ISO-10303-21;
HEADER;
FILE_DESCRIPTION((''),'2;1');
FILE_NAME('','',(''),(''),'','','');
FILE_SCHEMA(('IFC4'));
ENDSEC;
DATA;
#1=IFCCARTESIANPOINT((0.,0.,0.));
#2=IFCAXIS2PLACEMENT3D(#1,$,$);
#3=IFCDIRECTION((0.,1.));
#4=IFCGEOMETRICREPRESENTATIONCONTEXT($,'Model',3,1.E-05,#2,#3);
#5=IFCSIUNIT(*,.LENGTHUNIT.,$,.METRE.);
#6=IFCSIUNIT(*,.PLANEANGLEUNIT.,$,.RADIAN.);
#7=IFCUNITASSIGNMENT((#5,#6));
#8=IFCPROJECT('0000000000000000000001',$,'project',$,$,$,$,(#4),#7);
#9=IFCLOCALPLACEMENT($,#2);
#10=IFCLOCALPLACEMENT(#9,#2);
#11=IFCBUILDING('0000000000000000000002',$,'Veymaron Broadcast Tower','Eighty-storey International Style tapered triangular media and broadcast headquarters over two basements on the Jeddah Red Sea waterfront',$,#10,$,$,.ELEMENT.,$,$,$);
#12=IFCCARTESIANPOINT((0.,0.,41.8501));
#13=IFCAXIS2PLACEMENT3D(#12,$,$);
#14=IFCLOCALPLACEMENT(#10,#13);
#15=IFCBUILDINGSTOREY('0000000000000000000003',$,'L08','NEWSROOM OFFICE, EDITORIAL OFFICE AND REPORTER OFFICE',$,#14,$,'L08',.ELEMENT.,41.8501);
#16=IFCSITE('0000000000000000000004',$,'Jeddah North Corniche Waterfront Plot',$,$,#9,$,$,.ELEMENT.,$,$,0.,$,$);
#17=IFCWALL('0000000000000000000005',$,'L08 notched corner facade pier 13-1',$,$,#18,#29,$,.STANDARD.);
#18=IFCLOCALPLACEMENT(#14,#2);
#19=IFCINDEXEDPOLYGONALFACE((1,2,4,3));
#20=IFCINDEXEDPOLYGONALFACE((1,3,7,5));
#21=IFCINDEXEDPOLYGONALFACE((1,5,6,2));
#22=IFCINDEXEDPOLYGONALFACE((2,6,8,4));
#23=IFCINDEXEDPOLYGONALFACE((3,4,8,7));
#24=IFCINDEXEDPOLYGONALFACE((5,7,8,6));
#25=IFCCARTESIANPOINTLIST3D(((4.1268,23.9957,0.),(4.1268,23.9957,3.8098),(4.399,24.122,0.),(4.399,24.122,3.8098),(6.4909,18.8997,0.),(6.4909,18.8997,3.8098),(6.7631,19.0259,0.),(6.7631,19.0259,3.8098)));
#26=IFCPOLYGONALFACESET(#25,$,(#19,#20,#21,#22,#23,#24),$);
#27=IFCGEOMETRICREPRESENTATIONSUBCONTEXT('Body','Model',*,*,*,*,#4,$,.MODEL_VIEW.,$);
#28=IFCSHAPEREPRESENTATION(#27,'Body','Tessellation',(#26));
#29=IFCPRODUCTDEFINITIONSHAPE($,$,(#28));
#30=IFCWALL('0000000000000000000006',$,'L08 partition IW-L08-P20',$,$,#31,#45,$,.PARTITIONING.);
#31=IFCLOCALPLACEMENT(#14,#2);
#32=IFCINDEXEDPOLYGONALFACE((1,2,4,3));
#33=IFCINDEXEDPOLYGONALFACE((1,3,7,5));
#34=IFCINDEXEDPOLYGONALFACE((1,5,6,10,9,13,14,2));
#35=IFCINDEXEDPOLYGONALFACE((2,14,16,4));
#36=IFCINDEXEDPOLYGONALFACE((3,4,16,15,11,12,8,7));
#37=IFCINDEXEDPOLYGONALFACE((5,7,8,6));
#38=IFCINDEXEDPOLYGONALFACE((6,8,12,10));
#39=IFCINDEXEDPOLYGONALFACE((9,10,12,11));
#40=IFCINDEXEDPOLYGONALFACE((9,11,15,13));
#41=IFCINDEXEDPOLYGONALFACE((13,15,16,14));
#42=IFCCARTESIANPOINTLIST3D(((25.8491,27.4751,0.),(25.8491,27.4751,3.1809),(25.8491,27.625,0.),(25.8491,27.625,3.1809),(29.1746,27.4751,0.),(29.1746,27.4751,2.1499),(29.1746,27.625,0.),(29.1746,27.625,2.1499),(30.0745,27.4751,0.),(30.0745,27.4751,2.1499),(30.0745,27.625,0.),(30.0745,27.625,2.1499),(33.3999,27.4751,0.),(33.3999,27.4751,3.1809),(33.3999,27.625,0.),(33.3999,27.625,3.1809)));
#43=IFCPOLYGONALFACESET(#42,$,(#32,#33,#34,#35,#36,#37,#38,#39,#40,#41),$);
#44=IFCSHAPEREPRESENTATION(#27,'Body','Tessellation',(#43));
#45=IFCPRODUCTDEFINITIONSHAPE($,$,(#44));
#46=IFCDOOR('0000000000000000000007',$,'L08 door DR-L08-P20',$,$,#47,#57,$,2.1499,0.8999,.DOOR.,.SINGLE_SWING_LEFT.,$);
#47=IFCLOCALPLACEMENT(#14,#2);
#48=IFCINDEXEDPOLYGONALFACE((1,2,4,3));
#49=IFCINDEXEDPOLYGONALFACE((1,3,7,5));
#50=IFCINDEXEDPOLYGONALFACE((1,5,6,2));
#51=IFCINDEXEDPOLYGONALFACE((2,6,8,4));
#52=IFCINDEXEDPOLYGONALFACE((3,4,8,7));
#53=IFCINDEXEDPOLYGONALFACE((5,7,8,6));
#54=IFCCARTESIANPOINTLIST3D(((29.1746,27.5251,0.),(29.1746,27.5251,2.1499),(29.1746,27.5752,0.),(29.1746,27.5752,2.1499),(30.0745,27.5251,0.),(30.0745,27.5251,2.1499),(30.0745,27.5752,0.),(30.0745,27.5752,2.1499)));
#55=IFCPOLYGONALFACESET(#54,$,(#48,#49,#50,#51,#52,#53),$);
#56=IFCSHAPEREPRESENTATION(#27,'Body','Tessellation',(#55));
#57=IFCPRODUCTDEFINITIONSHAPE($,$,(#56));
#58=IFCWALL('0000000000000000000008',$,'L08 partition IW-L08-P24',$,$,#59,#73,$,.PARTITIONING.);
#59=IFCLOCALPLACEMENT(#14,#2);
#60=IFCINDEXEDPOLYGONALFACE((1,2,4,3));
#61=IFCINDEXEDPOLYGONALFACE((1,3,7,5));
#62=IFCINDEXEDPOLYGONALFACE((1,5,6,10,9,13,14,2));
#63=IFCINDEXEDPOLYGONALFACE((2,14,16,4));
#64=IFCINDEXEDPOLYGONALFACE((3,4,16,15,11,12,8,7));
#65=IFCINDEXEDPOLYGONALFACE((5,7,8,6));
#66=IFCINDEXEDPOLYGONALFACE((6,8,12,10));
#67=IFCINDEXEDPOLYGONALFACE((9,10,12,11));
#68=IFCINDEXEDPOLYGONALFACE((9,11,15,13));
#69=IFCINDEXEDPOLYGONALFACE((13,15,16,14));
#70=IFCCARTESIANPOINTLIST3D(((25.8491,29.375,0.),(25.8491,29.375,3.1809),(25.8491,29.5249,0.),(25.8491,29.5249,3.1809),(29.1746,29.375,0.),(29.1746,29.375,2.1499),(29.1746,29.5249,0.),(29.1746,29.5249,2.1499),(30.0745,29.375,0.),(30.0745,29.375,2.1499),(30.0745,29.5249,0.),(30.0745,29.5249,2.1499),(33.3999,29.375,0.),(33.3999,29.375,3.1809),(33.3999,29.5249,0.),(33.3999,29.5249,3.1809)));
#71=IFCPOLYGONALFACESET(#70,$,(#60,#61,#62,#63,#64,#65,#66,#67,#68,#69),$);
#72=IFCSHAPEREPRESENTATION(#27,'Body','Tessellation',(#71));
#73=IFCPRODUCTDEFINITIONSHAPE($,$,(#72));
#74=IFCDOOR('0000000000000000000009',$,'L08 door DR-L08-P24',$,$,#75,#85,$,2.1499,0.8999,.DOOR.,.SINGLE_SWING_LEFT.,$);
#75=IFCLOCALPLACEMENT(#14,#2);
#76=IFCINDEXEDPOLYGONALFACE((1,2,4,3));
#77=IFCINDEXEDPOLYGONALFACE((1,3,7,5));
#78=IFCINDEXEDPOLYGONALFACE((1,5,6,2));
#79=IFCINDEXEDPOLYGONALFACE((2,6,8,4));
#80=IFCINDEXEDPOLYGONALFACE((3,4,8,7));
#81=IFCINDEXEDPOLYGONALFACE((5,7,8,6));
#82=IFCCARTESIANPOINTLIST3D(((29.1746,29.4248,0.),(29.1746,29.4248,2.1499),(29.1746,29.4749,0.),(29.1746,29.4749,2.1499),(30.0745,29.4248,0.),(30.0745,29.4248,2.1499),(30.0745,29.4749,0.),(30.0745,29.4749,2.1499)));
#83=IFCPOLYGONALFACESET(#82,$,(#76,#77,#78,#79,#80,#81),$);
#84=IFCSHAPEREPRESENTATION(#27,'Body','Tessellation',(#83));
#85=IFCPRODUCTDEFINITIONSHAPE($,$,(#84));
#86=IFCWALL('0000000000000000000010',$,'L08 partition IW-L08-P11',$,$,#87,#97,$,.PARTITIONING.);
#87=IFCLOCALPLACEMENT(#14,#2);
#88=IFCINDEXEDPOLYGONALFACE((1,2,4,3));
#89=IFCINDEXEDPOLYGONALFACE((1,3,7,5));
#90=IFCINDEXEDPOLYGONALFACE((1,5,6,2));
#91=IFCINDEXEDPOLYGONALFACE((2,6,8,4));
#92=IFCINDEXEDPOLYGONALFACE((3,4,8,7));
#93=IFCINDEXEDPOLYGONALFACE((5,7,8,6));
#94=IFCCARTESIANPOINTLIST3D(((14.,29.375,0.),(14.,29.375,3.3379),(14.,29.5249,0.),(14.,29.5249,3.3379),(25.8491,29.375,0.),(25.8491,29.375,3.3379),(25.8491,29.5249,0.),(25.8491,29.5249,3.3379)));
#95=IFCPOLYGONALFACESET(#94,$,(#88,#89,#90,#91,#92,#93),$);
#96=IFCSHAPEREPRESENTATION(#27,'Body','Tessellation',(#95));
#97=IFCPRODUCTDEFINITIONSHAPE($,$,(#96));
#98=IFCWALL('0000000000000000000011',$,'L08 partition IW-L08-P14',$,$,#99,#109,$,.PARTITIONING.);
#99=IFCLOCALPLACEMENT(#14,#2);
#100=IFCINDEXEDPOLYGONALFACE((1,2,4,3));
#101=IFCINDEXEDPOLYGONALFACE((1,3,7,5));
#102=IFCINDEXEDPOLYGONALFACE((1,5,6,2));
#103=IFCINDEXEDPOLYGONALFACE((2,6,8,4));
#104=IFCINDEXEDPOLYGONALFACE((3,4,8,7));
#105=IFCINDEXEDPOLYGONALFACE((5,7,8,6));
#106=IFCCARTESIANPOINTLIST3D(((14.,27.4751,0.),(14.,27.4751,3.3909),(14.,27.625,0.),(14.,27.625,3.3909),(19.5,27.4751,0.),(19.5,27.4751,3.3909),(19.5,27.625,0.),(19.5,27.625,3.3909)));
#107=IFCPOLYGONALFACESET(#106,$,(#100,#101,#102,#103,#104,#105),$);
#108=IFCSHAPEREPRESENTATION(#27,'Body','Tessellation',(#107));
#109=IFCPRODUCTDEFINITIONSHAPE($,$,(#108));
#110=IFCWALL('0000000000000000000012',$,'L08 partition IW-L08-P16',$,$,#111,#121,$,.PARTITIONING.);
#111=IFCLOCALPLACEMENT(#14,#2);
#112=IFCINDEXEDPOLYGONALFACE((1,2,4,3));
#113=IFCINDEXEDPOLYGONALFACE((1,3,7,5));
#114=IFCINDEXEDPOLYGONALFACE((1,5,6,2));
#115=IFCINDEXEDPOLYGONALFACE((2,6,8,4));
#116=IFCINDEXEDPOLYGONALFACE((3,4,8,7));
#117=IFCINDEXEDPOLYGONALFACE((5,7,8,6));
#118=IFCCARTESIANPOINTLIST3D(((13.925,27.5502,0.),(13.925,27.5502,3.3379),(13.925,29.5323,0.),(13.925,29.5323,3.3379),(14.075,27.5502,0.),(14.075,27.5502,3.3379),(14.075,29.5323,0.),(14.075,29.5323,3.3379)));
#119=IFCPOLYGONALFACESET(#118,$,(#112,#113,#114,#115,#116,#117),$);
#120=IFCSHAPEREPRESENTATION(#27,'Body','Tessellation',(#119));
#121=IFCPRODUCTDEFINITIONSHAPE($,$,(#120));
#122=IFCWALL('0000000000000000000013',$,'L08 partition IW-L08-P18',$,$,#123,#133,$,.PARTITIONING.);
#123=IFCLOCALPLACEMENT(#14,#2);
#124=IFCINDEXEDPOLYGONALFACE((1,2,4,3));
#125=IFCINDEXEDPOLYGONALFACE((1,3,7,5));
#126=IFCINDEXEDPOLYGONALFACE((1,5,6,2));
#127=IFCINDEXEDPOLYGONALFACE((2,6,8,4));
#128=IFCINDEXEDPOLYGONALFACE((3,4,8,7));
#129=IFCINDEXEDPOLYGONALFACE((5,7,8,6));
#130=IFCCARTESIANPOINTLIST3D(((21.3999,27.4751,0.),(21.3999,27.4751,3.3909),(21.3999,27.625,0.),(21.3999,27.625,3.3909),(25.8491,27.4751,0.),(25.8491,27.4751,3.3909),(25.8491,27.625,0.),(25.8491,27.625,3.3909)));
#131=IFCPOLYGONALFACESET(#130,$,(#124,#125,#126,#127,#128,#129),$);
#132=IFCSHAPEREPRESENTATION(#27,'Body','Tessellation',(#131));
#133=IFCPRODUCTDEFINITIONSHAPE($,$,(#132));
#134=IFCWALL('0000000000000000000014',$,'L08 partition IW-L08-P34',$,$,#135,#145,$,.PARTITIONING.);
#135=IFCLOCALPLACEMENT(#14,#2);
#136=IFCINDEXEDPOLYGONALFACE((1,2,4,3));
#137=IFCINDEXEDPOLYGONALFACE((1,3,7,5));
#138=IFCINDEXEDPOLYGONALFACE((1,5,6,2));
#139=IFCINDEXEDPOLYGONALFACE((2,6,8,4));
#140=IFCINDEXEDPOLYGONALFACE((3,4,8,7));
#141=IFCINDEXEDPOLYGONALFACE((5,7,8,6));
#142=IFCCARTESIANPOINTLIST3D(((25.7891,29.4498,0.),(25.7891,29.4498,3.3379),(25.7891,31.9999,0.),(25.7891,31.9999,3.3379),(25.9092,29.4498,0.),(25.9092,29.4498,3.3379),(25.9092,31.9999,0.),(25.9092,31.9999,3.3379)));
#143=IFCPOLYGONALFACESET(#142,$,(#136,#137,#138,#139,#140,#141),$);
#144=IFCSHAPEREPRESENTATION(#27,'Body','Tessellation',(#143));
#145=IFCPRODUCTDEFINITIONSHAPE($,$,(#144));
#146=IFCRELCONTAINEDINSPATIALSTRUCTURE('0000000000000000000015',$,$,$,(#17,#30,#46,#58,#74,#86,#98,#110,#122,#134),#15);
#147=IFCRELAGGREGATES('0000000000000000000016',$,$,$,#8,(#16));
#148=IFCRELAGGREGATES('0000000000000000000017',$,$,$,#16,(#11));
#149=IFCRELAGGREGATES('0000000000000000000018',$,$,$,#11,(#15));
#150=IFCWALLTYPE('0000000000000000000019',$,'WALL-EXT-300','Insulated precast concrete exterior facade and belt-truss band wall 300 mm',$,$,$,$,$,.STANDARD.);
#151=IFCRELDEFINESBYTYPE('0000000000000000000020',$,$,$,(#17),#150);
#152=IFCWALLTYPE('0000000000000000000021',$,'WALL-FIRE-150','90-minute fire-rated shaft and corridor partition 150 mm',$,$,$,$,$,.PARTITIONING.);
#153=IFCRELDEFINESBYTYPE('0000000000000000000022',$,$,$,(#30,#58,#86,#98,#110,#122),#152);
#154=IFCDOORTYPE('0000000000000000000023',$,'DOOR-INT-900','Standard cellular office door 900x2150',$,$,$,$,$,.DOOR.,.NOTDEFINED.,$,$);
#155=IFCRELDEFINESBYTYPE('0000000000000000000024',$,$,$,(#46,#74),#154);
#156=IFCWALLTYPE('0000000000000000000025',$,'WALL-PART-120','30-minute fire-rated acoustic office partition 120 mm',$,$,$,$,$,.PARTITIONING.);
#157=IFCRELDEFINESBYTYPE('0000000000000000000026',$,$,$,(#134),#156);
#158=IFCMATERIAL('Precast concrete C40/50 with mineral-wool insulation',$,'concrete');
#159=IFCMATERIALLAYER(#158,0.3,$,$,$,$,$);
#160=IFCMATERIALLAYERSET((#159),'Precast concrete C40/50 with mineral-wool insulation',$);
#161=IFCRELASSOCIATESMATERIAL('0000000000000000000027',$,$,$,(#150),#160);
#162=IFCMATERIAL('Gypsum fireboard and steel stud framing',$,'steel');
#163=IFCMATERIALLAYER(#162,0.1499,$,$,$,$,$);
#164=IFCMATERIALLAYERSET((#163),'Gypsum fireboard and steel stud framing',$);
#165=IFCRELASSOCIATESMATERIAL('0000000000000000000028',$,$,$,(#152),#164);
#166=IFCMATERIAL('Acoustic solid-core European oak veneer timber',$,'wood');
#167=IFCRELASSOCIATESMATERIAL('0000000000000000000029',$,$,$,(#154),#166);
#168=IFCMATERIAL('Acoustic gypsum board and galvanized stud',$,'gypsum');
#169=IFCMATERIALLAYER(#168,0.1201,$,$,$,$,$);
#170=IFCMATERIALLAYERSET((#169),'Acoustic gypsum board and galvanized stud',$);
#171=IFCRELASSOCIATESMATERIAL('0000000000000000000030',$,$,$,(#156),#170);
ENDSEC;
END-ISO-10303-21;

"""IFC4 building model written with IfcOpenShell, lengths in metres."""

from ifc_helpers import new_model, si_unit, direction, frame, frame_2d, origin, place, context, subcontext, project, spatial, rectangle, extrude, material, layer, layer_set, type_object, element, fill, save


model = new_model("IFC4")

# Units and contexts
model_context = context("Model", 3, precision=1e-05, world=origin(), true_north=direction((0.0, 1.0)))
body_context = subcontext(model_context, "Body", "Model", "MODEL_VIEW")
ifc_project = project(units=[si_unit("LENGTHUNIT", "METRE"), si_unit("PLANEANGLEUNIT", "RADIAN")], contexts=[model_context])

# Site, building, storey
site_placement = place(None, origin())
site = spatial("IfcSite", under=ifc_project, at=site_placement, Name="Jeddah North Corniche Waterfront Plot", CompositionType="ELEMENT", RefElevation=0.0)
building_placement = place(site_placement, origin())
building = spatial("IfcBuilding", under=site, at=building_placement, Name="Veymaron Broadcast Tower", Description="Eighty-storey International Style tapered triangular media and broadcast headquarters over two basements on the Jeddah Red Sea waterfront", CompositionType="ELEMENT")
storey_placement = place(building_placement, frame((0.0, 0.0, 41.8501)))
storey = spatial("IfcBuildingStorey", under=building, at=storey_placement, Name="L08", Description="NEWSROOM OFFICE, EDITORIAL OFFICE AND REPORTER OFFICE", LongName="L08", CompositionType="ELEMENT", Elevation=41.8501)

# Wall
ifc_material_1 = material(Name="Precast concrete C40/50 with mineral-wool insulation", Category="concrete")
ifc_layer_1 = layer(ifc_material_1, 0.3)
ifc_layer_set_1 = layer_set([ifc_layer_1], Name="Precast concrete C40/50 with mineral-wool insulation")
wall_type_1 = type_object("IfcWallType", Name="WALL-EXT-300", Description="Insulated precast concrete exterior facade and belt-truss band wall 300 mm", PredefinedType="STANDARD", material=ifc_layer_set_1)
for number, where, z_axis, x_axis, name in (
    (1, (4.2629, 24.0588, 0.0), (0.0, 0.0, 1.0), (0.420824, -0.907142, 0.0), "L08 notched corner facade pier 13-1"),
):
    element("IfcWall", number, at=place(storey_placement, frame(where, z_axis=z_axis, x_axis=x_axis)), inside=storey, type_object=wall_type_1, Name=name, PredefinedType="STANDARD", context=body_context, shape_type="SweptSolid", body=[
        extrude(rectangle(XDim=5.6177, YDim=0.3, at=frame_2d((2.8088, 0.0))), origin(), (0.0, 0.0, 1.0), 3.8098),
    ])

# Walls, openings, doors
ifc_material_2 = material(Name="Gypsum fireboard and steel stud framing", Category="steel")
ifc_layer_2 = layer(ifc_material_2, 0.1499)
ifc_layer_set_2 = layer_set([ifc_layer_2], Name="Gypsum fireboard and steel stud framing")
wall_type_2 = type_object("IfcWallType", Name="WALL-FIRE-150", Description="90-minute fire-rated shaft and corridor partition 150 mm", PredefinedType="PARTITIONING", material=ifc_layer_set_2)
wall_1_placement = place(storey_placement, frame((25.8491, 27.55, 0.0), z_axis=(0.0, 0.0, 1.0), x_axis=(1.0, 0.0, 0.0)))
wall_1 = element("IfcWall", 2, at=wall_1_placement, inside=storey, type_object=wall_type_2, Name="L08 partition IW-L08-P20", PredefinedType="PARTITIONING", context=body_context, shape_type="SweptSolid", body=[
    extrude(rectangle(XDim=7.5508, YDim=0.1499, at=frame_2d((3.7754, 0.0))), origin(), (0.0, 0.0, 1.0), 3.1809),
])
opening_1_placement = place(wall_1_placement, frame((3.3254, 0.0, 0.0)))
opening_1 = element("IfcOpeningElement", 3, at=opening_1_placement, cuts=wall_1, PredefinedType="OPENING", context=body_context, shape_type="SweptSolid", body=[
    extrude(rectangle(XDim=0.8999, YDim=2.1499, at=frame_2d((0.45, 1.075))), frame((0.0, 0.085, 0.0), z_axis=(0.0, -1.0, 0.0), x_axis=(1.0, 0.0, 0.0)), (0.0, 0.0, 1.0), 0.1699),
])
ifc_material_3 = material(Name="Acoustic solid-core European oak veneer timber", Category="wood")
door_type = type_object("IfcDoorType", Name="DOOR-INT-900", Description="Standard cellular office door 900x2150", OperationType="NOTDEFINED", PredefinedType="DOOR", material=ifc_material_3)
door_1_placement = place(opening_1_placement, frame((0.8999, 0.0, 0.0), z_axis=(0.0, 0.0, 1.0), x_axis=(-1.0, 0.0, 0.0)))
door_1 = element("IfcDoor", 4, at=door_1_placement, inside=storey, type_object=door_type, Name="L08 door DR-L08-P20", OperationType="SINGLE_SWING_LEFT", OverallHeight=2.1499, OverallWidth=0.8999, PredefinedType="DOOR", context=body_context, shape_type="SweptSolid", body=[
    extrude(rectangle(XDim=0.8999, YDim=2.1499, at=frame_2d((0.45, 1.075))), frame((0.0, 0.0249, 0.0), z_axis=(0.0, -1.0, 0.0), x_axis=(1.0, 0.0, 0.0)), (0.0, 0.0, 1.0), 0.05),
])
fill(opening_1, door_1)
wall_2_placement = place(storey_placement, frame((25.8491, 29.45, 0.0), z_axis=(0.0, 0.0, 1.0), x_axis=(1.0, 0.0, 0.0)))
wall_2 = element("IfcWall", 5, at=wall_2_placement, inside=storey, type_object=wall_type_2, Name="L08 partition IW-L08-P24", PredefinedType="PARTITIONING", context=body_context, shape_type="SweptSolid", body=[
    extrude(rectangle(XDim=7.5508, YDim=0.1499, at=frame_2d((3.7754, 0.0))), origin(), (0.0, 0.0, 1.0), 3.1809),
])
opening_2_placement = place(wall_2_placement, frame((3.3254, 0.0, 0.0)))
opening_2 = element("IfcOpeningElement", 6, at=opening_2_placement, cuts=wall_2, PredefinedType="OPENING", context=body_context, shape_type="SweptSolid", body=[
    extrude(rectangle(XDim=0.8999, YDim=2.1499, at=frame_2d((0.45, 1.075))), frame((0.0, 0.085, 0.0), z_axis=(0.0, -1.0, 0.0), x_axis=(1.0, 0.0, 0.0)), (0.0, 0.0, 1.0), 0.1699),
])
door_2_placement = place(opening_2_placement, origin())
door_2 = element("IfcDoor", 7, at=door_2_placement, inside=storey, type_object=door_type, Name="L08 door DR-L08-P24", OperationType="SINGLE_SWING_LEFT", OverallHeight=2.1499, OverallWidth=0.8999, PredefinedType="DOOR", context=body_context, shape_type="SweptSolid", body=[
    extrude(rectangle(XDim=0.8999, YDim=2.1499, at=frame_2d((0.45, 1.075))), frame((0.0, 0.0249, 0.0), z_axis=(0.0, -1.0, 0.0), x_axis=(1.0, 0.0, 0.0)), (0.0, 0.0, 1.0), 0.05),
])
fill(opening_2, door_2)

# Walls
wall_3_placement = place(storey_placement, frame((14.0, 29.45, 0.0), z_axis=(0.0, 0.0, 1.0), x_axis=(1.0, 0.0, 0.0)))
element("IfcWall", 8, at=wall_3_placement, inside=storey, type_object=wall_type_2, Name="L08 partition IW-L08-P11", PredefinedType="PARTITIONING", context=body_context, shape_type="SweptSolid", body=[
    extrude(rectangle(XDim=11.8491, YDim=0.1499, at=frame_2d((5.9246, 0.0))), origin(), (0.0, 0.0, 1.0), 3.3379),
])
wall_4_placement = place(storey_placement, frame((14.0, 27.55, 0.0), z_axis=(0.0, 0.0, 1.0), x_axis=(1.0, 0.0, 0.0)))
element("IfcWall", 9, at=wall_4_placement, inside=storey, type_object=wall_type_2, Name="L08 partition IW-L08-P14", PredefinedType="PARTITIONING", context=body_context, shape_type="SweptSolid", body=[
    extrude(rectangle(XDim=5.5, YDim=0.1499, at=frame_2d((2.75, 0.0))), origin(), (0.0, 0.0, 1.0), 3.3909),
])
wall_5_placement = place(storey_placement, frame((14.0, 27.55, 0.0), z_axis=(0.0, 0.0, 1.0), x_axis=(0.0, 1.0, 0.0)))
element("IfcWall", 10, at=wall_5_placement, inside=storey, type_object=wall_type_2, Name="L08 partition IW-L08-P16", PredefinedType="PARTITIONING", context=body_context, shape_type="SweptSolid", body=[
    extrude(rectangle(XDim=1.9822, YDim=0.1499, at=frame_2d((0.9912, 0.0))), origin(), (0.0, 0.0, 1.0), 3.3379),
])
wall_6_placement = place(storey_placement, frame((21.3999, 27.55, 0.0), z_axis=(0.0, 0.0, 1.0), x_axis=(1.0, 0.0, 0.0)))
element("IfcWall", 11, at=wall_6_placement, inside=storey, type_object=wall_type_2, Name="L08 partition IW-L08-P18", PredefinedType="PARTITIONING", context=body_context, shape_type="SweptSolid", body=[
    extrude(rectangle(XDim=4.4492, YDim=0.1499, at=frame_2d((2.2246, 0.0))), origin(), (0.0, 0.0, 1.0), 3.3909),
])
ifc_material_4 = material(Name="Acoustic gypsum board and galvanized stud", Category="gypsum")
ifc_layer_3 = layer(ifc_material_4, 0.1201)
ifc_layer_set_3 = layer_set([ifc_layer_3], Name="Acoustic gypsum board and galvanized stud")
wall_type_3 = type_object("IfcWallType", Name="WALL-PART-120", Description="30-minute fire-rated acoustic office partition 120 mm", PredefinedType="PARTITIONING", material=ifc_layer_set_3)
wall_7_placement = place(storey_placement, frame((25.8491, 29.45, 0.0), z_axis=(0.0, 0.0, 1.0), x_axis=(0.0, 1.0, 0.0)))
element("IfcWall", 12, at=wall_7_placement, inside=storey, type_object=wall_type_3, Name="L08 partition IW-L08-P34", PredefinedType="PARTITIONING", context=body_context, shape_type="SweptSolid", body=[
    extrude(rectangle(XDim=2.55, YDim=0.1201, at=frame_2d((1.2749, 0.0))), origin(), (0.0, 0.0, 1.0), 3.3379),
])

save(model, "model.ifc")
